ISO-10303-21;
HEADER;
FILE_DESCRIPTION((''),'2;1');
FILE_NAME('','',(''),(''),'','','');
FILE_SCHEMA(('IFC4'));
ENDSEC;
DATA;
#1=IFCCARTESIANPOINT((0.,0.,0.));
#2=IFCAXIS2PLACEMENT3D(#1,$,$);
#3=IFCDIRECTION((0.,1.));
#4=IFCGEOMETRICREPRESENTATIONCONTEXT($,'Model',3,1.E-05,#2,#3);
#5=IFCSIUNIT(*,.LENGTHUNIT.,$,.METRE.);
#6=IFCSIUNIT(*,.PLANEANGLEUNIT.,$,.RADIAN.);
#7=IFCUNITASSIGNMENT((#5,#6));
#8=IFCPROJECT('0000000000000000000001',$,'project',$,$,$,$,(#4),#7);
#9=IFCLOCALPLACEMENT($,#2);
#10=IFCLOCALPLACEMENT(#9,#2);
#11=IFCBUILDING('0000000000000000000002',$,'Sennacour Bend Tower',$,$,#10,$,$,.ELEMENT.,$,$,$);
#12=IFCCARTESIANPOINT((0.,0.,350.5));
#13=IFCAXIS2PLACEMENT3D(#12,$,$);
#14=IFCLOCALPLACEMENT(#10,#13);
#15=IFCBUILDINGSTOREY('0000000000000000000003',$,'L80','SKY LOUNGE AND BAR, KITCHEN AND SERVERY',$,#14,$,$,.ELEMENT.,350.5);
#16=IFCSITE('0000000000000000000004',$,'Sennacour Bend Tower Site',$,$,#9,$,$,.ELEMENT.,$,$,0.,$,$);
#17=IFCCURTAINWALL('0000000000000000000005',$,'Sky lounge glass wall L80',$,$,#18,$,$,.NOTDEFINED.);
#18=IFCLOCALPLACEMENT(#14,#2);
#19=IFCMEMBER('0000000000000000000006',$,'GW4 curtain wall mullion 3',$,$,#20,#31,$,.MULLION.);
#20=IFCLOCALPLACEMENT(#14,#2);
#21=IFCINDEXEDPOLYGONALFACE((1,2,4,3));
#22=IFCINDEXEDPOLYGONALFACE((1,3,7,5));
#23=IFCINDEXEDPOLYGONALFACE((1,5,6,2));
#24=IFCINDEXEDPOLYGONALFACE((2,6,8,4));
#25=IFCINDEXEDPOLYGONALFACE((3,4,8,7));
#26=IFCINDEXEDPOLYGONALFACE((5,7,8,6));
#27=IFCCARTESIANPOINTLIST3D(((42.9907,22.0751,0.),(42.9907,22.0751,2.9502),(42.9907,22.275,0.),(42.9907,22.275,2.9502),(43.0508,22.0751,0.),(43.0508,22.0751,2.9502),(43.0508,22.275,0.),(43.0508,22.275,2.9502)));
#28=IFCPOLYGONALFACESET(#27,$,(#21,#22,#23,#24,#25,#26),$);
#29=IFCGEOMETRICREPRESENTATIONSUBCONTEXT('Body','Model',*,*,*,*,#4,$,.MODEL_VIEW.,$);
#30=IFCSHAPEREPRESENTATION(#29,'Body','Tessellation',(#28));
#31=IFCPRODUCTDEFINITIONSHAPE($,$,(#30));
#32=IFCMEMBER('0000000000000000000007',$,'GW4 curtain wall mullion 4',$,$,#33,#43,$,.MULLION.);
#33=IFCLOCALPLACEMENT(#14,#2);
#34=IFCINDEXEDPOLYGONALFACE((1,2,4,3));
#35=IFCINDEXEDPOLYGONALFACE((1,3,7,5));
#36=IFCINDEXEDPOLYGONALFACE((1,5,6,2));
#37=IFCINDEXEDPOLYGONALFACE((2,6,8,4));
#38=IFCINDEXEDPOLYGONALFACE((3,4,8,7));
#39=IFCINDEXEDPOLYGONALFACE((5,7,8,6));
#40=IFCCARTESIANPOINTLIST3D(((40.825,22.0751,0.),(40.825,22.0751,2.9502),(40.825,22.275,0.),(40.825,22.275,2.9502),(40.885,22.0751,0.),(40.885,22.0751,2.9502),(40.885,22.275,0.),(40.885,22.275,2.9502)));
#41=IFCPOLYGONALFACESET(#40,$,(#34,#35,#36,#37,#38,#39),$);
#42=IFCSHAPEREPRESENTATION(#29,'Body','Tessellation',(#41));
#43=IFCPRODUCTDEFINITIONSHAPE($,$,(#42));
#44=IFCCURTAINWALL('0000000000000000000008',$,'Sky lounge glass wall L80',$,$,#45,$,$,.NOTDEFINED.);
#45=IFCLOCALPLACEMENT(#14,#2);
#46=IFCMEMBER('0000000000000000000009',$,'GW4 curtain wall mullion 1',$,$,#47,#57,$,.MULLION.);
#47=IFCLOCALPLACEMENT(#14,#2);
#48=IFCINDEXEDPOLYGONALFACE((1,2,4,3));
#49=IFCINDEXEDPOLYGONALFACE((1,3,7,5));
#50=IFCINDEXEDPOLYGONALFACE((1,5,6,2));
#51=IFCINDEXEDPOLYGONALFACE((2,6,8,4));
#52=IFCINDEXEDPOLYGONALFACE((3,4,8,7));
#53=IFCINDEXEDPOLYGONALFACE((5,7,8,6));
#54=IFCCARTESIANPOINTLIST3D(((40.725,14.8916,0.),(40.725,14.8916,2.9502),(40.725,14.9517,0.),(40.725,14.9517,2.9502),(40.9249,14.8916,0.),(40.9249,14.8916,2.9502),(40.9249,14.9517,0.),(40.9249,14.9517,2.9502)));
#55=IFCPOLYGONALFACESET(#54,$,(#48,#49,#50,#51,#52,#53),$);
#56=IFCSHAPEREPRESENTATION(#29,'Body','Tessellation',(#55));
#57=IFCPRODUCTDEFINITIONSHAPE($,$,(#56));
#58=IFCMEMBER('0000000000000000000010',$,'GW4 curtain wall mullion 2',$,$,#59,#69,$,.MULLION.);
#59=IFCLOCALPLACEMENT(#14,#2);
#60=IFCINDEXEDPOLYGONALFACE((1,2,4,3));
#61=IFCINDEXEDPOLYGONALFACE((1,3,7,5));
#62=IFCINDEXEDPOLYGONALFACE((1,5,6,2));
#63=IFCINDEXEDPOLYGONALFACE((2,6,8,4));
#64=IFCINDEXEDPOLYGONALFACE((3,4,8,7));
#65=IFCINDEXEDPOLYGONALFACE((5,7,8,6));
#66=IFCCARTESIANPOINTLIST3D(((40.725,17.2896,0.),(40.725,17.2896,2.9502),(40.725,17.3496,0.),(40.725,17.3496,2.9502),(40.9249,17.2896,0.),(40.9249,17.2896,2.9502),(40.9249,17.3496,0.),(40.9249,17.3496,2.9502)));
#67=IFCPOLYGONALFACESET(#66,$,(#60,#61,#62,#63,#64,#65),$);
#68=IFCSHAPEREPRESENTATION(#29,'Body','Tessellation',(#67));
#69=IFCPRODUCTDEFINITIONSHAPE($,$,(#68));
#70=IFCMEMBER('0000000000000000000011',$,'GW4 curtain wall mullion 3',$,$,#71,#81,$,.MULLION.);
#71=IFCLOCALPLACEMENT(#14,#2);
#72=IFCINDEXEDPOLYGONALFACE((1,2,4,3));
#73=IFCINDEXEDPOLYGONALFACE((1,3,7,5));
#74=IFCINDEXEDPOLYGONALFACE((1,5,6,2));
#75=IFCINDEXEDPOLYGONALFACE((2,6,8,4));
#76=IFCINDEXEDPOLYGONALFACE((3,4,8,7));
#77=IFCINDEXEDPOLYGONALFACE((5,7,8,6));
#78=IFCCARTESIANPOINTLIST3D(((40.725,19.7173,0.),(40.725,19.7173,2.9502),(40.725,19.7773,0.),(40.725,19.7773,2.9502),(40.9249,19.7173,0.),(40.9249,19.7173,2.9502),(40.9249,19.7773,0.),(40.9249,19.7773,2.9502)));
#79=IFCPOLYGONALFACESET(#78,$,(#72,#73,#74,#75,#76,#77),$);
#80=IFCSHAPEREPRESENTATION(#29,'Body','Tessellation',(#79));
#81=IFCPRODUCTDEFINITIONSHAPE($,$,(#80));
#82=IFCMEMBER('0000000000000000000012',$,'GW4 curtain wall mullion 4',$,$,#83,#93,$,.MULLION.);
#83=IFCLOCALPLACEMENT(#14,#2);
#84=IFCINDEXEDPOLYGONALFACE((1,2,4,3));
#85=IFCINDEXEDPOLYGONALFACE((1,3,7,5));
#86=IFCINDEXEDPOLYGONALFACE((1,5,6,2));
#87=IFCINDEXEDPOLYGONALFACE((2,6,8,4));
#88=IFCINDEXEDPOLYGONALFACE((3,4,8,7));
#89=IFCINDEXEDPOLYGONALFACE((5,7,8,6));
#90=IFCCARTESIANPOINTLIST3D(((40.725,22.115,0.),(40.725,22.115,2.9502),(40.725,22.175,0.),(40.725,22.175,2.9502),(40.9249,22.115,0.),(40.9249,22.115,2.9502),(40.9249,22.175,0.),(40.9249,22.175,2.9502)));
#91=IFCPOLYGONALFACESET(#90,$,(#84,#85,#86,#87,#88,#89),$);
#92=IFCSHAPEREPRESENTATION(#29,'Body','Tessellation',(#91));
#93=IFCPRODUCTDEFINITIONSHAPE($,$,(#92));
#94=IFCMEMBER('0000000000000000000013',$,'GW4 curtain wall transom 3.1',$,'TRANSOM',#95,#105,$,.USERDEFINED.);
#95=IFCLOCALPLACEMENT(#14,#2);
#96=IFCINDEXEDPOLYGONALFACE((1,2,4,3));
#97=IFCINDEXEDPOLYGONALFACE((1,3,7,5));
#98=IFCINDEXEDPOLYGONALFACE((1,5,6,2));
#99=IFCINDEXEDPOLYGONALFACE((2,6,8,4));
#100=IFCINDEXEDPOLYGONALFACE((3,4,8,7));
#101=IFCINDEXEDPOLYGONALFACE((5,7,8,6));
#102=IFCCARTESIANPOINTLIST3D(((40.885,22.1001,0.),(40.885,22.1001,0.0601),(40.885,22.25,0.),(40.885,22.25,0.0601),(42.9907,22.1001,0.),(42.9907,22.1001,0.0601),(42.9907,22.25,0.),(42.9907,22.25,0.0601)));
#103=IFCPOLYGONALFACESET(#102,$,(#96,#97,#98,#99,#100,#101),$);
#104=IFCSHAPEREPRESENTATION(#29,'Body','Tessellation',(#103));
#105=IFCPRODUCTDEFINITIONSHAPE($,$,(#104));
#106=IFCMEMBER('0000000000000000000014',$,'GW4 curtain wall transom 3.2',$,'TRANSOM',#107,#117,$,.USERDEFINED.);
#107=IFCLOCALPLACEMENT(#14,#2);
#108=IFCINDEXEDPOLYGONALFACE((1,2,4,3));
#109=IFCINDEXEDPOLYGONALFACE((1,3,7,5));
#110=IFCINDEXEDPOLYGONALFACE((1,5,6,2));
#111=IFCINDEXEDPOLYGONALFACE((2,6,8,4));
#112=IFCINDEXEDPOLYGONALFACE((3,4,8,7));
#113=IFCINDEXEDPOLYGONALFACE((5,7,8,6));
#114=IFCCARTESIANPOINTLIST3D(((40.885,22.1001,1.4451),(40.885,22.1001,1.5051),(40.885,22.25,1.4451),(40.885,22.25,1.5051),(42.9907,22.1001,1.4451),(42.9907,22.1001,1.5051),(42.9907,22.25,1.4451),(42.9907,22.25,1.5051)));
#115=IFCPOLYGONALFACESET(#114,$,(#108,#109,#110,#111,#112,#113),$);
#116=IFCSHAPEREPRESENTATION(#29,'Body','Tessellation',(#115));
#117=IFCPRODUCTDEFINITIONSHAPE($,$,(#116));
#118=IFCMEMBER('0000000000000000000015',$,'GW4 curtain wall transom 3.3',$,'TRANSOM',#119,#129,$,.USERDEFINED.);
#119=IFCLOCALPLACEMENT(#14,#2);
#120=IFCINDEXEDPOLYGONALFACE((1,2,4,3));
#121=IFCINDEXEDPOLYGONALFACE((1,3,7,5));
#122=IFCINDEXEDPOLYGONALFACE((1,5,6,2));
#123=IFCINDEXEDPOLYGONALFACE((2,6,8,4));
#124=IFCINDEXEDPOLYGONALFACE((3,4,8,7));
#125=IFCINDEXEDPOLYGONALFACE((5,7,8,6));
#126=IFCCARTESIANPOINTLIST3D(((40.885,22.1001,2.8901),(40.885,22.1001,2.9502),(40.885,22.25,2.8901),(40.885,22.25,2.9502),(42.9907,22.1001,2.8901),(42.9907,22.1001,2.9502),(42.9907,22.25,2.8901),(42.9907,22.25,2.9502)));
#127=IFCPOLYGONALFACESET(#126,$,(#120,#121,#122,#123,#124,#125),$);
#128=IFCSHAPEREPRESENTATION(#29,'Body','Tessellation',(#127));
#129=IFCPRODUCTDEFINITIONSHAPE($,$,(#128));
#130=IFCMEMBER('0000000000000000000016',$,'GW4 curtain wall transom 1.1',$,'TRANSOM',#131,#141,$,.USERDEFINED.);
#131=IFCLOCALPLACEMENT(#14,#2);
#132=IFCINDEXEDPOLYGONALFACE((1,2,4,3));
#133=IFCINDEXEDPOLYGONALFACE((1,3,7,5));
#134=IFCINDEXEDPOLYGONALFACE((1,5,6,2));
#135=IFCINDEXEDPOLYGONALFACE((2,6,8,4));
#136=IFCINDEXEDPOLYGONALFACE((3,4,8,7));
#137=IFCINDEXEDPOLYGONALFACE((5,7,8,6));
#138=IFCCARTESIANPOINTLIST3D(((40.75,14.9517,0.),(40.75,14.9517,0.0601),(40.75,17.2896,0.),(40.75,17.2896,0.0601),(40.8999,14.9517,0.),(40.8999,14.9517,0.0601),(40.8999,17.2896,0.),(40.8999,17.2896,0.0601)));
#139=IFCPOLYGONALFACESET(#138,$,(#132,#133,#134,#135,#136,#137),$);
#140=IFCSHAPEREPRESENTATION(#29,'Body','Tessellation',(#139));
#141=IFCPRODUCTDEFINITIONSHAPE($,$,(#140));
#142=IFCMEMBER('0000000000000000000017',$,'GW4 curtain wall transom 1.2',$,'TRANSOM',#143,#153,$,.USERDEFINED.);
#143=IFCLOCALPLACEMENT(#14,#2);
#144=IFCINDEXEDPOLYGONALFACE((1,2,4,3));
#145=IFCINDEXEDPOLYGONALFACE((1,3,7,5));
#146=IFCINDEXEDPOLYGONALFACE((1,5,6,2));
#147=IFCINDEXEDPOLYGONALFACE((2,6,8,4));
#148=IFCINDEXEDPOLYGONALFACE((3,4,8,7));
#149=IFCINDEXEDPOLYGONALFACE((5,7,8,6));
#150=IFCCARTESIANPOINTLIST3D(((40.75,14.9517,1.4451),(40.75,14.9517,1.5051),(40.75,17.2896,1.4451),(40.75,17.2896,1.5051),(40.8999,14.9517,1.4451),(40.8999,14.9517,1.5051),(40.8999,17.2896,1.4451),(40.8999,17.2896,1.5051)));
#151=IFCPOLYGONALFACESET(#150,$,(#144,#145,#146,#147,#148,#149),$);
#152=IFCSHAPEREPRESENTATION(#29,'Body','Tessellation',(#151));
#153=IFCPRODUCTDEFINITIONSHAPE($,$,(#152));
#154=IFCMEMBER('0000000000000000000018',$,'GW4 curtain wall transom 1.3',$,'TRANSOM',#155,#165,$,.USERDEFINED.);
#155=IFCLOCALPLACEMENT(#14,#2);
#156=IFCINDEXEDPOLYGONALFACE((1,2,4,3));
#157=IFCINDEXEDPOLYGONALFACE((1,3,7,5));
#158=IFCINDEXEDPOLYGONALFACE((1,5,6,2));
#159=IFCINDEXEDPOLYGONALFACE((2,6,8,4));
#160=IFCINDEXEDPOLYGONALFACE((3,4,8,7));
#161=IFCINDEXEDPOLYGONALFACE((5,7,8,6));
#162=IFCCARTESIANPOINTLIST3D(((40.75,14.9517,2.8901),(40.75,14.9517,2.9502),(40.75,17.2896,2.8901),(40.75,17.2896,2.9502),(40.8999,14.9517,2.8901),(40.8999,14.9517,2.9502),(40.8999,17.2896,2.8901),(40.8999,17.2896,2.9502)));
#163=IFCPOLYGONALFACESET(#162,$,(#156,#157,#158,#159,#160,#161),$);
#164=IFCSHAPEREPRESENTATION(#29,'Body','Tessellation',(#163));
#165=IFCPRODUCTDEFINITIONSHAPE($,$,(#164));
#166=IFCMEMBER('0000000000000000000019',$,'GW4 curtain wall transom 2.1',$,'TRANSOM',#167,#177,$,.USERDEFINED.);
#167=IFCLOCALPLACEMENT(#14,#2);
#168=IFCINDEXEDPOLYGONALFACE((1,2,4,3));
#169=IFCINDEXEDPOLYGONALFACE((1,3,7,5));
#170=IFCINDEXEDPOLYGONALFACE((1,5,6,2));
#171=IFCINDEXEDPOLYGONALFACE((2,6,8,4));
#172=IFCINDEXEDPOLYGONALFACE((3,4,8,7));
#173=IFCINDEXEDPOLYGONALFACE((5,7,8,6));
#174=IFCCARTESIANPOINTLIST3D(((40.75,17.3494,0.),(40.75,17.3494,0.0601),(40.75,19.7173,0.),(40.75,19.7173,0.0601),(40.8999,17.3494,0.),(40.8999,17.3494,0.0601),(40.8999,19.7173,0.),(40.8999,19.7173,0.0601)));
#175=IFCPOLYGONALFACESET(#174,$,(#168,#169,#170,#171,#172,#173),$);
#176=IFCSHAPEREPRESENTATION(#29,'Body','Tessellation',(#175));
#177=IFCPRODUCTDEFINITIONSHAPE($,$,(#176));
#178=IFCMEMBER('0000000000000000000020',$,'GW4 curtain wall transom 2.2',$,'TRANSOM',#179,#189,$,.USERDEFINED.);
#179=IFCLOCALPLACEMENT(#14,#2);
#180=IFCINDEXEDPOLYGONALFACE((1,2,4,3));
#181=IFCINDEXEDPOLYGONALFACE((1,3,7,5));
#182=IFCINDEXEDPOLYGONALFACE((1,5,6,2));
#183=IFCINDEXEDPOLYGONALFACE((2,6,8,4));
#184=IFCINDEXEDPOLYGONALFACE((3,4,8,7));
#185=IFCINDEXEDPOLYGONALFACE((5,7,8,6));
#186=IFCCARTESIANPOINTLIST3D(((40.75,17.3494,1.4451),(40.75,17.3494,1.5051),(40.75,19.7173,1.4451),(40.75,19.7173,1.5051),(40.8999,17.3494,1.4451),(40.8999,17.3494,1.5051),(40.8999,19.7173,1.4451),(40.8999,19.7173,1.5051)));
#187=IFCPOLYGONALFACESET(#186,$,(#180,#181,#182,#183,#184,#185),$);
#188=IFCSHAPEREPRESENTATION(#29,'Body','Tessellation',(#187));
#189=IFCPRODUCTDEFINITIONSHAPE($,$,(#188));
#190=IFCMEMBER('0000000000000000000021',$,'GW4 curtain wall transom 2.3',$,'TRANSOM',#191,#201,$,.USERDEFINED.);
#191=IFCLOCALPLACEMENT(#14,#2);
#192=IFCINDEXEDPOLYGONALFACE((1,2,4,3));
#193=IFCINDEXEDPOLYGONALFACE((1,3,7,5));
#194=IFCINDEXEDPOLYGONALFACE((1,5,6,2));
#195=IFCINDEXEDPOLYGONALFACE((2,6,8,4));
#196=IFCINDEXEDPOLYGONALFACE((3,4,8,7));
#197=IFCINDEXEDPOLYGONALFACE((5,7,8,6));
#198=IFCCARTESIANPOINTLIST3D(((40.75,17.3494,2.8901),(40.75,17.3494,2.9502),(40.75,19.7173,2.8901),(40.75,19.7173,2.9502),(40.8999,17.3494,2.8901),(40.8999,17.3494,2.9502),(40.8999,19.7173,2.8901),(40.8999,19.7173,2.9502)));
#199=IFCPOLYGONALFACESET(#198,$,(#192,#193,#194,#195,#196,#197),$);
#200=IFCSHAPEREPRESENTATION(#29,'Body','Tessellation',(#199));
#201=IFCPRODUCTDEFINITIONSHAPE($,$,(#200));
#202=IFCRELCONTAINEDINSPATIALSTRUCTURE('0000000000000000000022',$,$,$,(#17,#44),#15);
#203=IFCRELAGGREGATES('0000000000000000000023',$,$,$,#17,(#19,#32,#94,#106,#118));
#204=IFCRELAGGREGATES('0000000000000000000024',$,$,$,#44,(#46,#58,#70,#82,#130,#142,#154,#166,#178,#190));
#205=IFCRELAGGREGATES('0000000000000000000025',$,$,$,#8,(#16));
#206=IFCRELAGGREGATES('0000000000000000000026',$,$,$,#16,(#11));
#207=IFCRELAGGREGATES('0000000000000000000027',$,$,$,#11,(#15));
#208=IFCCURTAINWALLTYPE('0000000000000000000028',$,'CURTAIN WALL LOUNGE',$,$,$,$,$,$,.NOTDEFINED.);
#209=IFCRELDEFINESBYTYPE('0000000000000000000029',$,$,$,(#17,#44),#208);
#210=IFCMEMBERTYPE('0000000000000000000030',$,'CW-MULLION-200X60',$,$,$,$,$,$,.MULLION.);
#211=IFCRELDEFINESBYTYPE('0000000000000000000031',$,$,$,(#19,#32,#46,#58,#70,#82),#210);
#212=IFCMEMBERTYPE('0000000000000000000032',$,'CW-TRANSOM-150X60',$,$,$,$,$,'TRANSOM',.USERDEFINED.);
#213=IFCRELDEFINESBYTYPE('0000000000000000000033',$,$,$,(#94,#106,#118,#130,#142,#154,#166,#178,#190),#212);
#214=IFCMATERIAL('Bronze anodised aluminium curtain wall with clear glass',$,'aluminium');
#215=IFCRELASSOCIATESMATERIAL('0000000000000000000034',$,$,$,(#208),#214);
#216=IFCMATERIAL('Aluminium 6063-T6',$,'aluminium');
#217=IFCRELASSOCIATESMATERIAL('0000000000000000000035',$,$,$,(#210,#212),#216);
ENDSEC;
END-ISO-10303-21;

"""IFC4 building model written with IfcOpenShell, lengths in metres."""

from ifc_helpers import new_model, si_unit, direction, frame, origin, origin_2d, place, context, subcontext, project, spatial, rectangle, extrude, material, material_profile, profile_set, type_object, element, aggregate, save


model = new_model("IFC4")

# Units and contexts
model_context = context("Model", 3, precision=1e-05, world=origin(), true_north=direction((0.0, 1.0)))
body_context = subcontext(model_context, "Body", "Model", "MODEL_VIEW")
ifc_project = project(units=[si_unit("LENGTHUNIT", "METRE"), si_unit("PLANEANGLEUNIT", "RADIAN")], contexts=[model_context])

# Site, building, storey
site_placement = place(None, origin())
site = spatial("IfcSite", under=ifc_project, at=site_placement, Name="Sennacour Bend Tower Site", CompositionType="ELEMENT", RefElevation=0.0)
building_placement = place(site_placement, origin())
building = spatial("IfcBuilding", under=site, at=building_placement, Name="Sennacour Bend Tower", CompositionType="ELEMENT")
storey_placement = place(building_placement, frame((0.0, 0.0, 350.5)))
storey = spatial("IfcBuildingStorey", under=building, at=storey_placement, Name="L80", Description="SKY LOUNGE AND BAR, KITCHEN AND SERVERY", CompositionType="ELEMENT", Elevation=350.5)

# Curtain walls, members
ifc_material_1 = material(Name="Bronze anodised aluminium curtain wall with clear glass", Category="aluminium")
curtain_wall_type = type_object("IfcCurtainWallType", Name="CURTAIN WALL LOUNGE", PredefinedType="NOTDEFINED", material=ifc_material_1)
curtain_wall_1_placement = place(storey_placement, origin())
curtain_wall_1 = element("IfcCurtainWall", 1, at=curtain_wall_1_placement, inside=storey, type_object=curtain_wall_type, Name="Sky lounge glass wall L80", PredefinedType="NOTDEFINED")
ifc_material_2 = material(Name="Aluminium 6063-T6", Category="aluminium")
ifc_material_profile_1 = material_profile(ifc_material_2, rectangle(XDim=0.2, YDim=0.0601, at=origin_2d()), Name="Aluminium 6063-T6", Category="aluminium")
ifc_profile_set_1 = profile_set([ifc_material_profile_1], Name="Aluminium 6063-T6")
member_type_1 = type_object("IfcMemberType", Name="CW-MULLION-200X60", PredefinedType="MULLION", material=ifc_profile_set_1)
member_1_placement = place(storey_placement, frame((43.0208, 22.175, 0.0), z_axis=(0.0, 0.0, 1.0), x_axis=(0.0, -1.0, 0.0)))
member_1 = element("IfcMember", 2, at=member_1_placement, type_object=member_type_1, Name="GW4 curtain wall mullion 3", PredefinedType="MULLION", context=body_context, shape_type="SweptSolid", body=[
    extrude(rectangle(XDim=0.2, YDim=0.0601, at=origin_2d()), origin(), (0.0, 0.0, 1.0), 2.9502),
])
member_2_placement = place(storey_placement, frame((40.855, 22.175, 0.0), z_axis=(0.0, 0.0, 1.0), x_axis=(0.0, -1.0, 0.0)))
member_2 = element("IfcMember", 3, at=member_2_placement, type_object=member_type_1, Name="GW4 curtain wall mullion 4", PredefinedType="MULLION", context=body_context, shape_type="SweptSolid", body=[
    extrude(rectangle(XDim=0.2, YDim=0.0601, at=origin_2d()), origin(), (0.0, 0.0, 1.0), 2.9502),
])
curtain_wall_2_placement = place(storey_placement, origin())
curtain_wall_2 = element("IfcCurtainWall", 4, at=curtain_wall_2_placement, inside=storey, type_object=curtain_wall_type, Name="Sky lounge glass wall L80", PredefinedType="NOTDEFINED")
member_3_placement = place(storey_placement, frame((40.825, 14.9216, 0.0), z_axis=(0.0, 0.0, 1.0), x_axis=(-1.0, 0.0, 0.0)))
member_3 = element("IfcMember", 5, at=member_3_placement, type_object=member_type_1, Name="GW4 curtain wall mullion 1", PredefinedType="MULLION", context=body_context, shape_type="SweptSolid", body=[
    extrude(rectangle(XDim=0.2, YDim=0.0601, at=origin_2d()), origin(), (0.0, 0.0, 1.0), 2.9502),
])
member_4_placement = place(storey_placement, frame((40.825, 17.3196, 0.0), z_axis=(0.0, 0.0, 1.0), x_axis=(-1.0, 0.0, 0.0)))
member_4 = element("IfcMember", 6, at=member_4_placement, type_object=member_type_1, Name="GW4 curtain wall mullion 2", PredefinedType="MULLION", context=body_context, shape_type="SweptSolid", body=[
    extrude(rectangle(XDim=0.2, YDim=0.0601, at=origin_2d()), origin(), (0.0, 0.0, 1.0), 2.9502),
])
member_5_placement = place(storey_placement, frame((40.825, 19.7473, 0.0), z_axis=(0.0, 0.0, 1.0), x_axis=(-1.0, 0.0, 0.0)))
member_5 = element("IfcMember", 7, at=member_5_placement, type_object=member_type_1, Name="GW4 curtain wall mullion 3", PredefinedType="MULLION", context=body_context, shape_type="SweptSolid", body=[
    extrude(rectangle(XDim=0.2, YDim=0.0601, at=origin_2d()), origin(), (0.0, 0.0, 1.0), 2.9502),
])
member_6_placement = place(storey_placement, frame((40.825, 22.145, 0.0), z_axis=(0.0, 0.0, 1.0), x_axis=(-1.0, 0.0, 0.0)))
member_6 = element("IfcMember", 8, at=member_6_placement, type_object=member_type_1, Name="GW4 curtain wall mullion 4", PredefinedType="MULLION", context=body_context, shape_type="SweptSolid", body=[
    extrude(rectangle(XDim=0.2, YDim=0.0601, at=origin_2d()), origin(), (0.0, 0.0, 1.0), 2.9502),
])

# Members
ifc_material_profile_2 = material_profile(ifc_material_2, rectangle(XDim=0.1499, YDim=0.0601, at=origin_2d()), Name="Aluminium 6063-T6", Category="aluminium")
ifc_profile_set_2 = profile_set([ifc_material_profile_2], Name="Aluminium 6063-T6")
member_type_2 = type_object("IfcMemberType", Name="CW-TRANSOM-150X60", ElementType="TRANSOM", PredefinedType="USERDEFINED", material=ifc_profile_set_2)
member_7_placement = place(storey_placement, frame((42.9907, 22.175, 0.03), z_axis=(-1.0, 0.0, 0.0), x_axis=(0.0, -1.0, 0.0)))
member_7 = element("IfcMember", 9, at=member_7_placement, type_object=member_type_2, Name="GW4 curtain wall transom 3.1", ObjectType="TRANSOM", PredefinedType="USERDEFINED", context=body_context, shape_type="SweptSolid", body=[
    extrude(rectangle(XDim=0.1499, YDim=0.0601, at=origin_2d()), origin(), (0.0, 0.0, 1.0), 2.1057),
])
member_8_placement = place(storey_placement, frame((42.9907, 22.175, 1.4751), z_axis=(-1.0, 0.0, 0.0), x_axis=(0.0, -1.0, 0.0)))
member_8 = element("IfcMember", 10, at=member_8_placement, type_object=member_type_2, Name="GW4 curtain wall transom 3.2", ObjectType="TRANSOM", PredefinedType="USERDEFINED", context=body_context, shape_type="SweptSolid", body=[
    extrude(rectangle(XDim=0.1499, YDim=0.0601, at=origin_2d()), origin(), (0.0, 0.0, 1.0), 2.1057),
])
member_9_placement = place(storey_placement, frame((42.9907, 22.175, 2.9202), z_axis=(-1.0, 0.0, 0.0), x_axis=(0.0, -1.0, 0.0)))
member_9 = element("IfcMember", 11, at=member_9_placement, type_object=member_type_2, Name="GW4 curtain wall transom 3.3", ObjectType="TRANSOM", PredefinedType="USERDEFINED", context=body_context, shape_type="SweptSolid", body=[
    extrude(rectangle(XDim=0.1499, YDim=0.0601, at=origin_2d()), origin(), (0.0, 0.0, 1.0), 2.1057),
])
member_10_placement = place(storey_placement, frame((40.825, 14.9517, 0.03), z_axis=(0.0, 1.0, 0.0), x_axis=(-1.0, 0.0, 0.0)))
member_10 = element("IfcMember", 12, at=member_10_placement, type_object=member_type_2, Name="GW4 curtain wall transom 1.1", ObjectType="TRANSOM", PredefinedType="USERDEFINED", context=body_context, shape_type="SweptSolid", body=[
    extrude(rectangle(XDim=0.1499, YDim=0.0601, at=origin_2d()), origin(), (0.0, 0.0, 1.0), 2.3379),
])
member_11_placement = place(storey_placement, frame((40.825, 14.9517, 1.4751), z_axis=(0.0, 1.0, 0.0), x_axis=(-1.0, 0.0, 0.0)))
member_11 = element("IfcMember", 13, at=member_11_placement, type_object=member_type_2, Name="GW4 curtain wall transom 1.2", ObjectType="TRANSOM", PredefinedType="USERDEFINED", context=body_context, shape_type="SweptSolid", body=[
    extrude(rectangle(XDim=0.1499, YDim=0.0601, at=origin_2d()), origin(), (0.0, 0.0, 1.0), 2.3379),
])
member_12_placement = place(storey_placement, frame((40.825, 14.9517, 2.9202), z_axis=(0.0, 1.0, 0.0), x_axis=(-1.0, 0.0, 0.0)))
member_12 = element("IfcMember", 14, at=member_12_placement, type_object=member_type_2, Name="GW4 curtain wall transom 1.3", ObjectType="TRANSOM", PredefinedType="USERDEFINED", context=body_context, shape_type="SweptSolid", body=[
    extrude(rectangle(XDim=0.1499, YDim=0.0601, at=origin_2d()), origin(), (0.0, 0.0, 1.0), 2.3379),
])
member_13_placement = place(storey_placement, frame((40.825, 17.3494, 0.03), z_axis=(0.0, 1.0, 0.0), x_axis=(-1.0, 0.0, 0.0)))
member_13 = element("IfcMember", 15, at=member_13_placement, type_object=member_type_2, Name="GW4 curtain wall transom 2.1", ObjectType="TRANSOM", PredefinedType="USERDEFINED", context=body_context, shape_type="SweptSolid", body=[
    extrude(rectangle(XDim=0.1499, YDim=0.0601, at=origin_2d()), origin(), (0.0, 0.0, 1.0), 2.3679),
])
member_14_placement = place(storey_placement, frame((40.825, 17.3494, 1.4751), z_axis=(0.0, 1.0, 0.0), x_axis=(-1.0, 0.0, 0.0)))
member_14 = element("IfcMember", 16, at=member_14_placement, type_object=member_type_2, Name="GW4 curtain wall transom 2.2", ObjectType="TRANSOM", PredefinedType="USERDEFINED", context=body_context, shape_type="SweptSolid", body=[
    extrude(rectangle(XDim=0.1499, YDim=0.0601, at=origin_2d()), origin(), (0.0, 0.0, 1.0), 2.3679),
])
member_15_placement = place(storey_placement, frame((40.825, 17.3494, 2.9202), z_axis=(0.0, 1.0, 0.0), x_axis=(-1.0, 0.0, 0.0)))
member_15 = element("IfcMember", 17, at=member_15_placement, type_object=member_type_2, Name="GW4 curtain wall transom 2.3", ObjectType="TRANSOM", PredefinedType="USERDEFINED", context=body_context, shape_type="SweptSolid", body=[
    extrude(rectangle(XDim=0.1499, YDim=0.0601, at=origin_2d()), origin(), (0.0, 0.0, 1.0), 2.3679),
])

aggregate(curtain_wall_1, [member_1, member_2, member_7, member_8, member_9])
aggregate(curtain_wall_2, [member_3, member_4, member_5, member_6, member_10, member_11, member_12, member_13, member_14, member_15])

save(model, "model.ifc")
